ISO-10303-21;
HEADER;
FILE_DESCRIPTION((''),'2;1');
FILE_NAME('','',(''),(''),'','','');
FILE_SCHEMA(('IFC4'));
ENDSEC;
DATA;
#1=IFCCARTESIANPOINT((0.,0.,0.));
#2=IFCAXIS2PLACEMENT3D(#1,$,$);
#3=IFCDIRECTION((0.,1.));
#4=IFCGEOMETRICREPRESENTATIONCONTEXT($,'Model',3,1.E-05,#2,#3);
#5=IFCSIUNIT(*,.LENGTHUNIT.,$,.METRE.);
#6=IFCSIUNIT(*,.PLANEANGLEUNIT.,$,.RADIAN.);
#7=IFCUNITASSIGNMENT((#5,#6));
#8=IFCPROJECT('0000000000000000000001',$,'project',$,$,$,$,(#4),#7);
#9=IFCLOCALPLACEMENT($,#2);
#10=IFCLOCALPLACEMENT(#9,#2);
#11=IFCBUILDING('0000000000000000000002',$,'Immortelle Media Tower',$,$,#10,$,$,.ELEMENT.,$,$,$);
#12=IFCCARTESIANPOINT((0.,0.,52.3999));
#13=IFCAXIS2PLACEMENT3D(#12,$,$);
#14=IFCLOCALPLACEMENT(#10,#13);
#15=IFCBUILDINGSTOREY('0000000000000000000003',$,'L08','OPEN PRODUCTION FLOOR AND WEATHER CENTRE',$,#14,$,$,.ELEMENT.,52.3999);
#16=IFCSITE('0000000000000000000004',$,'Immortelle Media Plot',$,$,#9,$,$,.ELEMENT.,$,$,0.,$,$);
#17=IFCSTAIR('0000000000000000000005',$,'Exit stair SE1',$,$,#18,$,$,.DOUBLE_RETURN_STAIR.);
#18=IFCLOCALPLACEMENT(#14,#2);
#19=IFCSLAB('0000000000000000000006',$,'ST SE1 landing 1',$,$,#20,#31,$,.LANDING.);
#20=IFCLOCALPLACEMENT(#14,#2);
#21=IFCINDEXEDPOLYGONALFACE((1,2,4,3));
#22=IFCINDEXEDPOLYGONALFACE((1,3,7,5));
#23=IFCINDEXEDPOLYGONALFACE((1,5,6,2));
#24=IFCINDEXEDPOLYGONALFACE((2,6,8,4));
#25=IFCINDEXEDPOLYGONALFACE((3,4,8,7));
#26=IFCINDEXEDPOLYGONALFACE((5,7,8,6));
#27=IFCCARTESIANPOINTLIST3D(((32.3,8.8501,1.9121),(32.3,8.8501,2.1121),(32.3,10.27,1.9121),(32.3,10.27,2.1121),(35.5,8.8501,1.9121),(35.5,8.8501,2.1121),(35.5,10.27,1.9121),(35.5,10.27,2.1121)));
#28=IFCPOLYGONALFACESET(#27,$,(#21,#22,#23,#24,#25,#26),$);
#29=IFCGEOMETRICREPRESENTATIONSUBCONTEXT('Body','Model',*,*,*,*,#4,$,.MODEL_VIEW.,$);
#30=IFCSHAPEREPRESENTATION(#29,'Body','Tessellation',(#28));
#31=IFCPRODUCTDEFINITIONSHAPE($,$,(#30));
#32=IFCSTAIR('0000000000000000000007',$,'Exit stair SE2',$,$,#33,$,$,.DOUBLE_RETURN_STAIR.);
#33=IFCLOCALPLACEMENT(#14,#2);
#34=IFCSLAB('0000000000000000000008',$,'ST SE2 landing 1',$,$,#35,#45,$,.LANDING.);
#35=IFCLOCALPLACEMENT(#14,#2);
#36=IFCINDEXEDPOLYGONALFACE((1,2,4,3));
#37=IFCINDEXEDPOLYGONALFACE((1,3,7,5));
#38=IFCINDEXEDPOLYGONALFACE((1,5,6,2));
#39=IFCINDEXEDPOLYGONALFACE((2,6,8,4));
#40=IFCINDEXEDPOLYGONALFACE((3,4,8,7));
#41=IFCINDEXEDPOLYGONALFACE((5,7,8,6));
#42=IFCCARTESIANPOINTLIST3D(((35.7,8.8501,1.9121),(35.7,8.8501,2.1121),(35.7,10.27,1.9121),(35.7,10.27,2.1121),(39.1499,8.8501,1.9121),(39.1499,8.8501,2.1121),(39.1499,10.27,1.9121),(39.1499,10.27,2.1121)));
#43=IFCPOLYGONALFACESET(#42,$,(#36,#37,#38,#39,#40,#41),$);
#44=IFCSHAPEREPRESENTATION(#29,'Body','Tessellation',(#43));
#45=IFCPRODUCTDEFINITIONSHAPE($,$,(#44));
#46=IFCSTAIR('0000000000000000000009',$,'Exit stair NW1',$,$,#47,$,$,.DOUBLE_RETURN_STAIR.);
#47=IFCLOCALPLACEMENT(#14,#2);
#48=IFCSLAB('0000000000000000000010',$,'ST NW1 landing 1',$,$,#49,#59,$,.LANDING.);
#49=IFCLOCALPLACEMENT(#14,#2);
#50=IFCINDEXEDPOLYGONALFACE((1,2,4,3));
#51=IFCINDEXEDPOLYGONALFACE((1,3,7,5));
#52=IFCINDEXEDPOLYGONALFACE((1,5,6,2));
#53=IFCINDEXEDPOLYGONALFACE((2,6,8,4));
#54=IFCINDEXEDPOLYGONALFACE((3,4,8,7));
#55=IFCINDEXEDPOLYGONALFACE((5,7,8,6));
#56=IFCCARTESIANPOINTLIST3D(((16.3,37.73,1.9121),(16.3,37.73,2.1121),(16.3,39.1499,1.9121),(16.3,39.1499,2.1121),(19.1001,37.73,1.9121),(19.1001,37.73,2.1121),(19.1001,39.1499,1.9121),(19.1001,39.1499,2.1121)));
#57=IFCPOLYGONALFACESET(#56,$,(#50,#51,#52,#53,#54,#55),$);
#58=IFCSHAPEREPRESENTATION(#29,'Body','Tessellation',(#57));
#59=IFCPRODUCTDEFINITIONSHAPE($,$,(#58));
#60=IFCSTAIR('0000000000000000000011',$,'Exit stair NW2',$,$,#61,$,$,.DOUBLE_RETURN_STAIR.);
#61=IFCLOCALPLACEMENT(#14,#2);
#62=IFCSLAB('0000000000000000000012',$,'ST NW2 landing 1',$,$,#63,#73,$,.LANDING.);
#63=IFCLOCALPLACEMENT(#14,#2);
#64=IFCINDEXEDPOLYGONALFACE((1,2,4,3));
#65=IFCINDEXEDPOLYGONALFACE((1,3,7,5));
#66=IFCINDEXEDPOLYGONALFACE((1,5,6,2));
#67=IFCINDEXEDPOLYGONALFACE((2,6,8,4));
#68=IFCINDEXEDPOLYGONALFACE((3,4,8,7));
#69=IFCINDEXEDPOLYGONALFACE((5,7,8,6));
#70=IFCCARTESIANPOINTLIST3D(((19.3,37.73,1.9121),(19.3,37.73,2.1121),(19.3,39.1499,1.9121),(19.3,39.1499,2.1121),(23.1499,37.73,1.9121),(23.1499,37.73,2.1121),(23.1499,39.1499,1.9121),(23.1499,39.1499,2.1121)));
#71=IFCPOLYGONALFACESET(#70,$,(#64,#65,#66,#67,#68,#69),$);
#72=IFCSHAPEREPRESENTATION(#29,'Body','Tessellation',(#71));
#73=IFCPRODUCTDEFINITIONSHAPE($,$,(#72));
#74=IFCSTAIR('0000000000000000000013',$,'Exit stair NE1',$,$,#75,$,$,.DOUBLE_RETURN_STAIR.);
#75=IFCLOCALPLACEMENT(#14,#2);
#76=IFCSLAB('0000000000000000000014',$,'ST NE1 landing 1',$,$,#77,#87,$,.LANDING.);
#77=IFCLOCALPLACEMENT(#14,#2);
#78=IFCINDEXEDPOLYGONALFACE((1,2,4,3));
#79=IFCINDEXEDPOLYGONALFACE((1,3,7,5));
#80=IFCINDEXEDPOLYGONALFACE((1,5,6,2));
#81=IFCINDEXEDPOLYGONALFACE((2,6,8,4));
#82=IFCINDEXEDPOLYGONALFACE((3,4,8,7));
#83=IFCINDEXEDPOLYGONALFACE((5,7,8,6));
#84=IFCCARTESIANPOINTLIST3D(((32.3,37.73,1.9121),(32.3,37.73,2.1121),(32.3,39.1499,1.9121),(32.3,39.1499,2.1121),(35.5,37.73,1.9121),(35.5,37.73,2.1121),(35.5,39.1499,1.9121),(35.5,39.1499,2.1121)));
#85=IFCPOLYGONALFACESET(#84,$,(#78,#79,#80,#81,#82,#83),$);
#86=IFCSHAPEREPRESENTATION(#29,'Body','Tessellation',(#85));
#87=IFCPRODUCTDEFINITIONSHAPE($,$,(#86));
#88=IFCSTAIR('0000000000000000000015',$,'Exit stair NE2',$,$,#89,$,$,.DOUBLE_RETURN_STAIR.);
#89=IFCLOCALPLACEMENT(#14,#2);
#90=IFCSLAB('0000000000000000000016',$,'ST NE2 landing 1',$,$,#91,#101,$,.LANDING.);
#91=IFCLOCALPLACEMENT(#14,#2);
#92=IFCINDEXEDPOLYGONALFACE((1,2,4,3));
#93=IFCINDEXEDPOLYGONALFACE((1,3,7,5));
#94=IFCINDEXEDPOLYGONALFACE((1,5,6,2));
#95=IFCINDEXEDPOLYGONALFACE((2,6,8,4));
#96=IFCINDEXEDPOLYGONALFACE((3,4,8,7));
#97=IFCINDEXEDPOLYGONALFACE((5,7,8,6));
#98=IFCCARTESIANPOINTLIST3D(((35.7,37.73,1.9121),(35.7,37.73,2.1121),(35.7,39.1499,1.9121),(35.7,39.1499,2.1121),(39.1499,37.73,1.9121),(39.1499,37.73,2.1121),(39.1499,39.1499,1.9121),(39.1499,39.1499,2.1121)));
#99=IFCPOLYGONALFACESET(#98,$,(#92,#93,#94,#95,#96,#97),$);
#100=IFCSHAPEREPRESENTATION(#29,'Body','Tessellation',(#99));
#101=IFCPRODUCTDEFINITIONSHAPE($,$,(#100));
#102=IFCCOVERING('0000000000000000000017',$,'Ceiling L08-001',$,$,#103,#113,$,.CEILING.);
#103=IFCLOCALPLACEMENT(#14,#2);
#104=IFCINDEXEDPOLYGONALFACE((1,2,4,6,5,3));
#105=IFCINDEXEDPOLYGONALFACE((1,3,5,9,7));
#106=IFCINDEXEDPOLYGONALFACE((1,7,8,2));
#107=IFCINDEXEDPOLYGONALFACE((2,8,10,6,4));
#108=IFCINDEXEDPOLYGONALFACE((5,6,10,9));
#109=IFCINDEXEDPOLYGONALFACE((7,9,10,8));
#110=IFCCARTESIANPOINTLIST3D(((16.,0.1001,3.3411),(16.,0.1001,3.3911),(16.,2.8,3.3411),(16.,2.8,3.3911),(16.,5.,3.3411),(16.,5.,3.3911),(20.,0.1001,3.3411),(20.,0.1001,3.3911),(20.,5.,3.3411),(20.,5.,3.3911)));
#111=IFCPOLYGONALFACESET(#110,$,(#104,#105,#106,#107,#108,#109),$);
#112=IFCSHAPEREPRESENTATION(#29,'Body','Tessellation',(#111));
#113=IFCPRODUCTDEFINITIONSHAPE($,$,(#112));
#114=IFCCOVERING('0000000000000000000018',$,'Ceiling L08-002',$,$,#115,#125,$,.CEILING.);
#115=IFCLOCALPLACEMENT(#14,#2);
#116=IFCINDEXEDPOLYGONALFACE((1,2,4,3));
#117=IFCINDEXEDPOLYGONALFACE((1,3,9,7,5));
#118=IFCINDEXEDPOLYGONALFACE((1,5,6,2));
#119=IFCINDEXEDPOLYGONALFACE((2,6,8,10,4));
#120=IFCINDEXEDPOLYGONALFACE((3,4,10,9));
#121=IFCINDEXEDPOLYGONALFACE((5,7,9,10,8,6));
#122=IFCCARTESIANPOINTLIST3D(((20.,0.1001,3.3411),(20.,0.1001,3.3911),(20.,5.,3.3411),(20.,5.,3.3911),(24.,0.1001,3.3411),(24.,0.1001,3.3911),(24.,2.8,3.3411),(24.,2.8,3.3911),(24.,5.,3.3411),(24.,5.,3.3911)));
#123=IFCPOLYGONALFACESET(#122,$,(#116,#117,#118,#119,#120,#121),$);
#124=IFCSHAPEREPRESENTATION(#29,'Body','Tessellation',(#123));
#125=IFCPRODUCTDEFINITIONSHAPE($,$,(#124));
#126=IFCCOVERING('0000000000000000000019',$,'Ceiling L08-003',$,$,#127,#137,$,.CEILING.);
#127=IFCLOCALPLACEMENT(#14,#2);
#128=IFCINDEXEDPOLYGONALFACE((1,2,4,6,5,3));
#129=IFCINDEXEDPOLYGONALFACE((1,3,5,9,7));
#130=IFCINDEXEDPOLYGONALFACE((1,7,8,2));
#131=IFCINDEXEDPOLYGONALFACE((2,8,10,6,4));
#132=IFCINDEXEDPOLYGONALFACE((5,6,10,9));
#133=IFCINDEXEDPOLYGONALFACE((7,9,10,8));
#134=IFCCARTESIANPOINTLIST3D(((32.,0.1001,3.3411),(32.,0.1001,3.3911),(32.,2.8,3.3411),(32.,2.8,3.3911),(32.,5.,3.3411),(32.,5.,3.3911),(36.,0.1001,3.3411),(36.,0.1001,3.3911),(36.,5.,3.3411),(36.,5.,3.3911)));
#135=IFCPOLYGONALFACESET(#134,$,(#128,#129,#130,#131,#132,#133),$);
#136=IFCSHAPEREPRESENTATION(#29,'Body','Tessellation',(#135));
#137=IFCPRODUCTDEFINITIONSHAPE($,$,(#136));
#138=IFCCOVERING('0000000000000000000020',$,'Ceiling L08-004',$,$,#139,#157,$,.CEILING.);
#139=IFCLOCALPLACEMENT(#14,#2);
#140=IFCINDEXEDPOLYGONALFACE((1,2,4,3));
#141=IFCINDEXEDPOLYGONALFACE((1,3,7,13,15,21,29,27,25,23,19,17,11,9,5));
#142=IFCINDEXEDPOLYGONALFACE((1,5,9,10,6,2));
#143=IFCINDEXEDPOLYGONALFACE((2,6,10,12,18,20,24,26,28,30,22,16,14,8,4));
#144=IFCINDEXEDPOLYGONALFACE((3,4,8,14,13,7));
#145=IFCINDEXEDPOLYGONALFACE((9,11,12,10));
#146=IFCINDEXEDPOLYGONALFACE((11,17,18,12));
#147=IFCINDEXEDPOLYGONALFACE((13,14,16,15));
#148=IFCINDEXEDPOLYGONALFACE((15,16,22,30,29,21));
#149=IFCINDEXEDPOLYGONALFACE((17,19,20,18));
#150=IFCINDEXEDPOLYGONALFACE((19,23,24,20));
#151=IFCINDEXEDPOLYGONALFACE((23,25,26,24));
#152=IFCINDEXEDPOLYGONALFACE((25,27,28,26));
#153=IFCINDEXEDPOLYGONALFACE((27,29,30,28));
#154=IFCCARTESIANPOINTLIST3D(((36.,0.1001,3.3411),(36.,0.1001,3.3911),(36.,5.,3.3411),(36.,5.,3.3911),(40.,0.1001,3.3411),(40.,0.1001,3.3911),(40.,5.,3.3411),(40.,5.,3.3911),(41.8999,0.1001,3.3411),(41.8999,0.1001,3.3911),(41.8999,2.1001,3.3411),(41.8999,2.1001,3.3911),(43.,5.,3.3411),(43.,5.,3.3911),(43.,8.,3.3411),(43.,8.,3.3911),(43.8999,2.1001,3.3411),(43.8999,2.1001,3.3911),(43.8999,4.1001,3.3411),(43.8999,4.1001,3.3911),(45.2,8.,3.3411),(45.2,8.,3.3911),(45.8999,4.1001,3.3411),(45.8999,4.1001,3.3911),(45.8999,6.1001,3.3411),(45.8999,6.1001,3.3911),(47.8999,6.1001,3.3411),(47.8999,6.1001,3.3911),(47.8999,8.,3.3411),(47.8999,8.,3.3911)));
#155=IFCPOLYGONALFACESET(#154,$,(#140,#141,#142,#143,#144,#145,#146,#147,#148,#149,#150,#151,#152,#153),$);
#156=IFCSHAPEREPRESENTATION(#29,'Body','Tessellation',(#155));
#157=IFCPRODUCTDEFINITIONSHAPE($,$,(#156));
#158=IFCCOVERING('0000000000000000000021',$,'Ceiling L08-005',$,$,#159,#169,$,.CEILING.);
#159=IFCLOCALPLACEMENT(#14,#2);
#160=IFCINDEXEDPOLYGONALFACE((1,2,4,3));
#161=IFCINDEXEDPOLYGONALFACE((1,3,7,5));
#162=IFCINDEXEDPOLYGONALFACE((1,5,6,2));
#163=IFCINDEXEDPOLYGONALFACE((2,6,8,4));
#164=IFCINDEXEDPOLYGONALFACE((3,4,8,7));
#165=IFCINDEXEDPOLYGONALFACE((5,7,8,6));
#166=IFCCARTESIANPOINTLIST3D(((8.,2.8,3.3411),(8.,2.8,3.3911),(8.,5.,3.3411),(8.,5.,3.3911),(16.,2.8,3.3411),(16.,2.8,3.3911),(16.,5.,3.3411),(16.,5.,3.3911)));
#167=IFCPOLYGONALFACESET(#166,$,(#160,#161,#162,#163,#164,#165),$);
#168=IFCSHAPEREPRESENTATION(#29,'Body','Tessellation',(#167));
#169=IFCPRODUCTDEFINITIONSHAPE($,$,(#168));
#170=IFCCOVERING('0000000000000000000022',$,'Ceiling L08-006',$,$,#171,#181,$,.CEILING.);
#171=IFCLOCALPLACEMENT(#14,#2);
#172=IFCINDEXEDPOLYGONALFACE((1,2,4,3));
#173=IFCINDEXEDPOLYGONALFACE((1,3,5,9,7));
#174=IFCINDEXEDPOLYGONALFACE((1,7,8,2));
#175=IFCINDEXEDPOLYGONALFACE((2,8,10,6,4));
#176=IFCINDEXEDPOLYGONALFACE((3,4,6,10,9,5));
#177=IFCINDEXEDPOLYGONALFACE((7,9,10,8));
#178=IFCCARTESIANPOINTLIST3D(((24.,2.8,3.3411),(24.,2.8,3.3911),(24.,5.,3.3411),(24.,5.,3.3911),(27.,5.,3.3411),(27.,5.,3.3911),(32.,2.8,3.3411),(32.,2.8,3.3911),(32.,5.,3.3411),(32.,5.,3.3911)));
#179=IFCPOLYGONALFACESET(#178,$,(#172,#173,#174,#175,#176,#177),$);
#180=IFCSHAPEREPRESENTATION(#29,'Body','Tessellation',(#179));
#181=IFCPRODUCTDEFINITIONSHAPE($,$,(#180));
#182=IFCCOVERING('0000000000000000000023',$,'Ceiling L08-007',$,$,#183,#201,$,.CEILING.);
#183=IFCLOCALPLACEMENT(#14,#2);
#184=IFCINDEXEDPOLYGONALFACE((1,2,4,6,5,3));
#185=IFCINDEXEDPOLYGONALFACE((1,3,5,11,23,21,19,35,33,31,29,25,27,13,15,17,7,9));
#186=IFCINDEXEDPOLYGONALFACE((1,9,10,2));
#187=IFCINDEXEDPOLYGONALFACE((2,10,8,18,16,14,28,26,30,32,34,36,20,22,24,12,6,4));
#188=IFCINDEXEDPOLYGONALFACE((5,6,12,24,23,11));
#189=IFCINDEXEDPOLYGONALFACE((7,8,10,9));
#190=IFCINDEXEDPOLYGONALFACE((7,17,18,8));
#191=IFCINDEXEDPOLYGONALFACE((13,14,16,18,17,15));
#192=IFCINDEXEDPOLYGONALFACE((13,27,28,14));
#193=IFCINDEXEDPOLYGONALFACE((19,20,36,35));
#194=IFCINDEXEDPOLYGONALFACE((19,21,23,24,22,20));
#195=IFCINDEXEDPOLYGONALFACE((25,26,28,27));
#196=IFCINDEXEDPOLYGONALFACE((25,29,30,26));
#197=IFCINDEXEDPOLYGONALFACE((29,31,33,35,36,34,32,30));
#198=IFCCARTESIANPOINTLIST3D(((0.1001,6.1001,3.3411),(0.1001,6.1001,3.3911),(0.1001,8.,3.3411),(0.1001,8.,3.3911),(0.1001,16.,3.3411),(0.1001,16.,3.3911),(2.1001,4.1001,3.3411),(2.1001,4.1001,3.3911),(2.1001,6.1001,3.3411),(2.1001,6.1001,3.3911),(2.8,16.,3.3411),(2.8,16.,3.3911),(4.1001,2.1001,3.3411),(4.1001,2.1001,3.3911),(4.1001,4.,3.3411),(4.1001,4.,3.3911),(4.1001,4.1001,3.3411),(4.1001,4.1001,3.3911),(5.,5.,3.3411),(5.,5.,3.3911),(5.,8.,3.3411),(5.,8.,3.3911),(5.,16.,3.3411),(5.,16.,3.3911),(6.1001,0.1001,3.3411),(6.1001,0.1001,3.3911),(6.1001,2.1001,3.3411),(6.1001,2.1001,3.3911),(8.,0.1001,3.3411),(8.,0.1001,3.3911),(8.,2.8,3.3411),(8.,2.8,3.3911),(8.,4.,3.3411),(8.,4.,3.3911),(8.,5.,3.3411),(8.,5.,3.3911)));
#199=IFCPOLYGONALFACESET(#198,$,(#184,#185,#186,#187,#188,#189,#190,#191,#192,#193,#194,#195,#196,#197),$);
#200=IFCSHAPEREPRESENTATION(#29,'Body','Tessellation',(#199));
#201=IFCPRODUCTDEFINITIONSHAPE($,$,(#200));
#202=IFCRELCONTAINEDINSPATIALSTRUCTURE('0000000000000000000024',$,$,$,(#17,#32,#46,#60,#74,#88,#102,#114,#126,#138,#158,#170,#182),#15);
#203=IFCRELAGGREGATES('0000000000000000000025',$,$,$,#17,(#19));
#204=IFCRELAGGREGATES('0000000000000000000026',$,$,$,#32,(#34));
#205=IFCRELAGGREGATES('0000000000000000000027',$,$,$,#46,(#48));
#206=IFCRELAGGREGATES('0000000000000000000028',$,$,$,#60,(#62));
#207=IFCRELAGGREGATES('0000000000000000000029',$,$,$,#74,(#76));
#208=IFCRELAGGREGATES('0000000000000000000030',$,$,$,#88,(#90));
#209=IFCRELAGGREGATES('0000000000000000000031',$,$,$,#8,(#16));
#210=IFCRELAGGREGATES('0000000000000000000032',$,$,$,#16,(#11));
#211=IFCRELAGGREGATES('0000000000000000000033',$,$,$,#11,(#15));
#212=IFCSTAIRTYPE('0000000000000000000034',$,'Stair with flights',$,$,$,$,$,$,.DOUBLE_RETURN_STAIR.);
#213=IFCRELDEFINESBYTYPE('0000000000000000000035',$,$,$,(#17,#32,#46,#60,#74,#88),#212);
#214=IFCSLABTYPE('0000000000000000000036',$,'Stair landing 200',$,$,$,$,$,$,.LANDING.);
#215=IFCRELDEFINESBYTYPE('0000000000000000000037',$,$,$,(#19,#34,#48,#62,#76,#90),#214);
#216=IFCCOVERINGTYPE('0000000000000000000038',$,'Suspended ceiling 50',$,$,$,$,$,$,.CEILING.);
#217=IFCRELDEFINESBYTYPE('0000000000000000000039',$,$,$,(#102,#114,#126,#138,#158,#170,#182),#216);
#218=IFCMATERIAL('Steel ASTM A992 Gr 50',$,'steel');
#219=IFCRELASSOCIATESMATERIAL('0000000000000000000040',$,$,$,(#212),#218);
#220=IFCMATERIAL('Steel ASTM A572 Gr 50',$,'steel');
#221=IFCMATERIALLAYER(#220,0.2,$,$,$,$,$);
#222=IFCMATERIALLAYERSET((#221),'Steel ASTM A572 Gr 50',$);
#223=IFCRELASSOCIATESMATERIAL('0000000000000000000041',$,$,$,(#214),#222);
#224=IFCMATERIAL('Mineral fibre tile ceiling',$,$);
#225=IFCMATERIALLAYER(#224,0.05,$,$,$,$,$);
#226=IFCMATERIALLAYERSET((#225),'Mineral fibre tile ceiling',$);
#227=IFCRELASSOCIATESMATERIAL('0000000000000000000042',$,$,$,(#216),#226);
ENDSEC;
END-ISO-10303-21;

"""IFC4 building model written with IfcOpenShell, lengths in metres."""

from ifc_helpers import new_model, si_unit, direction, frame, origin, place, context, subcontext, project, spatial, polyline, outline, extrude, material, layer, layer_set, type_object, element, aggregate, save


model = new_model("IFC4")

# Units and contexts
model_context = context("Model", 3, precision=1e-05, world=origin(), true_north=direction((0.0, 1.0)))
body_context = subcontext(model_context, "Body", "Model", "MODEL_VIEW")
ifc_project = project(units=[si_unit("LENGTHUNIT", "METRE"), si_unit("PLANEANGLEUNIT", "RADIAN")], contexts=[model_context])

# Site, building, storey
site_placement = place(None, origin())
site = spatial("IfcSite", under=ifc_project, at=site_placement, Name="Immortelle Media Plot", CompositionType="ELEMENT", RefElevation=0.0)
building_placement = place(site_placement, origin())
building = spatial("IfcBuilding", under=site, at=building_placement, Name="Immortelle Media Tower", CompositionType="ELEMENT")
storey_placement = place(building_placement, frame((0.0, 0.0, 52.3999)))
storey = spatial("IfcBuildingStorey", under=building, at=storey_placement, Name="L08", Description="OPEN PRODUCTION FLOOR AND WEATHER CENTRE", CompositionType="ELEMENT", Elevation=52.3999)

# Stairs, slabs
ifc_material_1 = material(Name="Steel ASTM A992 Gr 50", Category="steel")
stair_type = type_object("IfcStairType", Name="Stair with flights", PredefinedType="DOUBLE_RETURN_STAIR", material=ifc_material_1)
ifc_material_2 = material(Name="Steel ASTM A572 Gr 50", Category="steel")
ifc_layer_1 = layer(ifc_material_2, 0.2)
ifc_layer_set_1 = layer_set([ifc_layer_1], Name="Steel ASTM A572 Gr 50")
slab_type_1 = type_object("IfcSlabType", Name="Stair landing 200", PredefinedType="LANDING", material=ifc_layer_set_1)
stair_1_placement = place(storey_placement, origin())
stair_1 = element("IfcStair", 1, at=stair_1_placement, inside=storey, type_object=stair_type, Name="Exit stair SE1", PredefinedType="DOUBLE_RETURN_STAIR")
slab_1_placement = place(storey_placement, frame((0.0, 0.0, 1.9121)))
slab_1 = element("IfcSlab", 2, at=slab_1_placement, type_object=slab_type_1, Name="ST SE1 landing 1", PredefinedType="LANDING", context=body_context, shape_type="SweptSolid", body=[
    extrude(outline(polyline([(32.3, 8.8501), (35.5, 8.8501), (35.5, 10.27), (32.3, 10.27), (32.3, 8.8501)])), origin(), (0.0, 0.0, 1.0), 0.2),
])
aggregate(stair_1, [slab_1])
stair_2_placement = place(storey_placement, origin())
stair_2 = element("IfcStair", 3, at=stair_2_placement, inside=storey, type_object=stair_type, Name="Exit stair SE2", PredefinedType="DOUBLE_RETURN_STAIR")
slab_2_placement = place(storey_placement, frame((0.0, 0.0, 1.9121)))
slab_2 = element("IfcSlab", 4, at=slab_2_placement, type_object=slab_type_1, Name="ST SE2 landing 1", PredefinedType="LANDING", context=body_context, shape_type="SweptSolid", body=[
    extrude(outline(polyline([(35.7, 8.8501), (39.1499, 8.8501), (39.1499, 10.27), (35.7, 10.27), (35.7, 8.8501)])), origin(), (0.0, 0.0, 1.0), 0.2),
])
aggregate(stair_2, [slab_2])
stair_3_placement = place(storey_placement, origin())
stair_3 = element("IfcStair", 5, at=stair_3_placement, inside=storey, type_object=stair_type, Name="Exit stair NW1", PredefinedType="DOUBLE_RETURN_STAIR")
slab_3_placement = place(storey_placement, frame((0.0, 0.0, 1.9121)))
slab_3 = element("IfcSlab", 6, at=slab_3_placement, type_object=slab_type_1, Name="ST NW1 landing 1", PredefinedType="LANDING", context=body_context, shape_type="SweptSolid", body=[
    extrude(outline(polyline([(16.3, 37.73), (19.1001, 37.73), (19.1001, 39.1499), (16.3, 39.1499), (16.3, 37.73)])), origin(), (0.0, 0.0, 1.0), 0.2),
])
aggregate(stair_3, [slab_3])
stair_4_placement = place(storey_placement, origin())
stair_4 = element("IfcStair", 7, at=stair_4_placement, inside=storey, type_object=stair_type, Name="Exit stair NW2", PredefinedType="DOUBLE_RETURN_STAIR")
slab_4_placement = place(storey_placement, frame((0.0, 0.0, 1.9121)))
slab_4 = element("IfcSlab", 8, at=slab_4_placement, type_object=slab_type_1, Name="ST NW2 landing 1", PredefinedType="LANDING", context=body_context, shape_type="SweptSolid", body=[
    extrude(outline(polyline([(19.3, 37.73), (23.1499, 37.73), (23.1499, 39.1499), (19.3, 39.1499), (19.3, 37.73)])), origin(), (0.0, 0.0, 1.0), 0.2),
])
aggregate(stair_4, [slab_4])
stair_5_placement = place(storey_placement, origin())
stair_5 = element("IfcStair", 9, at=stair_5_placement, inside=storey, type_object=stair_type, Name="Exit stair NE1", PredefinedType="DOUBLE_RETURN_STAIR")
slab_5_placement = place(storey_placement, frame((0.0, 0.0, 1.9121)))
slab_5 = element("IfcSlab", 10, at=slab_5_placement, type_object=slab_type_1, Name="ST NE1 landing 1", PredefinedType="LANDING", context=body_context, shape_type="SweptSolid", body=[
    extrude(outline(polyline([(32.3, 37.73), (35.5, 37.73), (35.5, 39.1499), (32.3, 39.1499), (32.3, 37.73)])), origin(), (0.0, 0.0, 1.0), 0.2),
])
aggregate(stair_5, [slab_5])
stair_6_placement = place(storey_placement, origin())
stair_6 = element("IfcStair", 11, at=stair_6_placement, inside=storey, type_object=stair_type, Name="Exit stair NE2", PredefinedType="DOUBLE_RETURN_STAIR")
slab_6_placement = place(storey_placement, frame((0.0, 0.0, 1.9121)))
slab_6 = element("IfcSlab", 12, at=slab_6_placement, type_object=slab_type_1, Name="ST NE2 landing 1", PredefinedType="LANDING", context=body_context, shape_type="SweptSolid", body=[
    extrude(outline(polyline([(35.7, 37.73), (39.1499, 37.73), (39.1499, 39.1499), (35.7, 39.1499), (35.7, 37.73)])), origin(), (0.0, 0.0, 1.0), 0.2),
])
aggregate(stair_6, [slab_6])

# Coverings
ifc_material_3 = material(Name="Mineral fibre tile ceiling")
ifc_layer_2 = layer(ifc_material_3, 0.05)
ifc_layer_set_2 = layer_set([ifc_layer_2], Name="Mineral fibre tile ceiling")
covering_type = type_object("IfcCoveringType", Name="Suspended ceiling 50", PredefinedType="CEILING", material=ifc_layer_set_2)
covering_1_placement = place(storey_placement, frame((0.0, 0.0, 3.3411)))
element("IfcCovering", 13, at=covering_1_placement, inside=storey, type_object=covering_type, Name="Ceiling L08-001", PredefinedType="CEILING", context=body_context, shape_type="SweptSolid", body=[
    extrude(outline(polyline([(16.0, 2.8), (16.0, 5.0), (20.0, 5.0), (20.0, 0.1001), (16.0, 0.1001), (16.0, 2.8)])), origin(), (0.0, 0.0, 1.0), 0.05),
])
covering_2_placement = place(storey_placement, frame((0.0, 0.0, 3.3411)))
element("IfcCovering", 14, at=covering_2_placement, inside=storey, type_object=covering_type, Name="Ceiling L08-002", PredefinedType="CEILING", context=body_context, shape_type="SweptSolid", body=[
    extrude(outline(polyline([(24.0, 5.0), (24.0, 2.8), (24.0, 0.1001), (20.0, 0.1001), (20.0, 5.0), (24.0, 5.0)])), origin(), (0.0, 0.0, 1.0), 0.05),
])
covering_3_placement = place(storey_placement, frame((0.0, 0.0, 3.3411)))
element("IfcCovering", 15, at=covering_3_placement, inside=storey, type_object=covering_type, Name="Ceiling L08-003", PredefinedType="CEILING", context=body_context, shape_type="SweptSolid", body=[
    extrude(outline(polyline([(32.0, 5.0), (36.0, 5.0), (36.0, 0.1001), (32.0, 0.1001), (32.0, 2.8), (32.0, 5.0)])), origin(), (0.0, 0.0, 1.0), 0.05),
])
covering_4_placement = place(storey_placement, frame((0.0, 0.0, 3.3411)))
element("IfcCovering", 16, at=covering_4_placement, inside=storey, type_object=covering_type, Name="Ceiling L08-004", PredefinedType="CEILING", context=body_context, shape_type="SweptSolid", body=[
    extrude(outline(polyline([(40.0, 5.0), (43.0, 5.0), (43.0, 8.0), (45.2, 8.0), (47.8999, 8.0), (47.8999, 6.1001), (45.8999, 6.1001), (45.8999, 4.1001), (43.8999, 4.1001), (43.8999, 2.1001), (41.8999, 2.1001), (41.8999, 0.1001), (40.0, 0.1001), (36.0, 0.1001), (36.0, 5.0), (40.0, 5.0)])), origin(), (0.0, 0.0, 1.0), 0.05),
])
covering_5_placement = place(storey_placement, frame((0.0, 0.0, 3.3411)))
element("IfcCovering", 17, at=covering_5_placement, inside=storey, type_object=covering_type, Name="Ceiling L08-005", PredefinedType="CEILING", context=body_context, shape_type="SweptSolid", body=[
    extrude(outline(polyline([(8.0, 2.8), (8.0, 5.0), (16.0, 5.0), (16.0, 2.8), (8.0, 2.8)])), origin(), (0.0, 0.0, 1.0), 0.05),
])
covering_6_placement = place(storey_placement, frame((0.0, 0.0, 3.3411)))
element("IfcCovering", 18, at=covering_6_placement, inside=storey, type_object=covering_type, Name="Ceiling L08-006", PredefinedType="CEILING", context=body_context, shape_type="SweptSolid", body=[
    extrude(outline(polyline([(24.0, 2.8), (24.0, 5.0), (27.0, 5.0), (32.0, 5.0), (32.0, 2.8), (24.0, 2.8)])), origin(), (0.0, 0.0, 1.0), 0.05),
])
covering_7_placement = place(storey_placement, frame((0.0, 0.0, 3.3411)))
element("IfcCovering", 19, at=covering_7_placement, inside=storey, type_object=covering_type, Name="Ceiling L08-007", PredefinedType="CEILING", context=body_context, shape_type="SweptSolid", body=[
    extrude(outline(polyline([(4.1001, 4.0), (4.1001, 4.1001), (2.1001, 4.1001), (2.1001, 6.1001), (0.1001, 6.1001), (0.1001, 8.0), (0.1001, 16.0), (2.8, 16.0), (5.0, 16.0), (5.0, 8.0), (5.0, 5.0), (8.0, 5.0), (8.0, 4.0), (8.0, 2.8), (8.0, 0.1001), (6.1001, 0.1001), (6.1001, 2.1001), (4.1001, 2.1001), (4.1001, 4.0)])), origin(), (0.0, 0.0, 1.0), 0.05),
])

save(model, "model.ifc")
